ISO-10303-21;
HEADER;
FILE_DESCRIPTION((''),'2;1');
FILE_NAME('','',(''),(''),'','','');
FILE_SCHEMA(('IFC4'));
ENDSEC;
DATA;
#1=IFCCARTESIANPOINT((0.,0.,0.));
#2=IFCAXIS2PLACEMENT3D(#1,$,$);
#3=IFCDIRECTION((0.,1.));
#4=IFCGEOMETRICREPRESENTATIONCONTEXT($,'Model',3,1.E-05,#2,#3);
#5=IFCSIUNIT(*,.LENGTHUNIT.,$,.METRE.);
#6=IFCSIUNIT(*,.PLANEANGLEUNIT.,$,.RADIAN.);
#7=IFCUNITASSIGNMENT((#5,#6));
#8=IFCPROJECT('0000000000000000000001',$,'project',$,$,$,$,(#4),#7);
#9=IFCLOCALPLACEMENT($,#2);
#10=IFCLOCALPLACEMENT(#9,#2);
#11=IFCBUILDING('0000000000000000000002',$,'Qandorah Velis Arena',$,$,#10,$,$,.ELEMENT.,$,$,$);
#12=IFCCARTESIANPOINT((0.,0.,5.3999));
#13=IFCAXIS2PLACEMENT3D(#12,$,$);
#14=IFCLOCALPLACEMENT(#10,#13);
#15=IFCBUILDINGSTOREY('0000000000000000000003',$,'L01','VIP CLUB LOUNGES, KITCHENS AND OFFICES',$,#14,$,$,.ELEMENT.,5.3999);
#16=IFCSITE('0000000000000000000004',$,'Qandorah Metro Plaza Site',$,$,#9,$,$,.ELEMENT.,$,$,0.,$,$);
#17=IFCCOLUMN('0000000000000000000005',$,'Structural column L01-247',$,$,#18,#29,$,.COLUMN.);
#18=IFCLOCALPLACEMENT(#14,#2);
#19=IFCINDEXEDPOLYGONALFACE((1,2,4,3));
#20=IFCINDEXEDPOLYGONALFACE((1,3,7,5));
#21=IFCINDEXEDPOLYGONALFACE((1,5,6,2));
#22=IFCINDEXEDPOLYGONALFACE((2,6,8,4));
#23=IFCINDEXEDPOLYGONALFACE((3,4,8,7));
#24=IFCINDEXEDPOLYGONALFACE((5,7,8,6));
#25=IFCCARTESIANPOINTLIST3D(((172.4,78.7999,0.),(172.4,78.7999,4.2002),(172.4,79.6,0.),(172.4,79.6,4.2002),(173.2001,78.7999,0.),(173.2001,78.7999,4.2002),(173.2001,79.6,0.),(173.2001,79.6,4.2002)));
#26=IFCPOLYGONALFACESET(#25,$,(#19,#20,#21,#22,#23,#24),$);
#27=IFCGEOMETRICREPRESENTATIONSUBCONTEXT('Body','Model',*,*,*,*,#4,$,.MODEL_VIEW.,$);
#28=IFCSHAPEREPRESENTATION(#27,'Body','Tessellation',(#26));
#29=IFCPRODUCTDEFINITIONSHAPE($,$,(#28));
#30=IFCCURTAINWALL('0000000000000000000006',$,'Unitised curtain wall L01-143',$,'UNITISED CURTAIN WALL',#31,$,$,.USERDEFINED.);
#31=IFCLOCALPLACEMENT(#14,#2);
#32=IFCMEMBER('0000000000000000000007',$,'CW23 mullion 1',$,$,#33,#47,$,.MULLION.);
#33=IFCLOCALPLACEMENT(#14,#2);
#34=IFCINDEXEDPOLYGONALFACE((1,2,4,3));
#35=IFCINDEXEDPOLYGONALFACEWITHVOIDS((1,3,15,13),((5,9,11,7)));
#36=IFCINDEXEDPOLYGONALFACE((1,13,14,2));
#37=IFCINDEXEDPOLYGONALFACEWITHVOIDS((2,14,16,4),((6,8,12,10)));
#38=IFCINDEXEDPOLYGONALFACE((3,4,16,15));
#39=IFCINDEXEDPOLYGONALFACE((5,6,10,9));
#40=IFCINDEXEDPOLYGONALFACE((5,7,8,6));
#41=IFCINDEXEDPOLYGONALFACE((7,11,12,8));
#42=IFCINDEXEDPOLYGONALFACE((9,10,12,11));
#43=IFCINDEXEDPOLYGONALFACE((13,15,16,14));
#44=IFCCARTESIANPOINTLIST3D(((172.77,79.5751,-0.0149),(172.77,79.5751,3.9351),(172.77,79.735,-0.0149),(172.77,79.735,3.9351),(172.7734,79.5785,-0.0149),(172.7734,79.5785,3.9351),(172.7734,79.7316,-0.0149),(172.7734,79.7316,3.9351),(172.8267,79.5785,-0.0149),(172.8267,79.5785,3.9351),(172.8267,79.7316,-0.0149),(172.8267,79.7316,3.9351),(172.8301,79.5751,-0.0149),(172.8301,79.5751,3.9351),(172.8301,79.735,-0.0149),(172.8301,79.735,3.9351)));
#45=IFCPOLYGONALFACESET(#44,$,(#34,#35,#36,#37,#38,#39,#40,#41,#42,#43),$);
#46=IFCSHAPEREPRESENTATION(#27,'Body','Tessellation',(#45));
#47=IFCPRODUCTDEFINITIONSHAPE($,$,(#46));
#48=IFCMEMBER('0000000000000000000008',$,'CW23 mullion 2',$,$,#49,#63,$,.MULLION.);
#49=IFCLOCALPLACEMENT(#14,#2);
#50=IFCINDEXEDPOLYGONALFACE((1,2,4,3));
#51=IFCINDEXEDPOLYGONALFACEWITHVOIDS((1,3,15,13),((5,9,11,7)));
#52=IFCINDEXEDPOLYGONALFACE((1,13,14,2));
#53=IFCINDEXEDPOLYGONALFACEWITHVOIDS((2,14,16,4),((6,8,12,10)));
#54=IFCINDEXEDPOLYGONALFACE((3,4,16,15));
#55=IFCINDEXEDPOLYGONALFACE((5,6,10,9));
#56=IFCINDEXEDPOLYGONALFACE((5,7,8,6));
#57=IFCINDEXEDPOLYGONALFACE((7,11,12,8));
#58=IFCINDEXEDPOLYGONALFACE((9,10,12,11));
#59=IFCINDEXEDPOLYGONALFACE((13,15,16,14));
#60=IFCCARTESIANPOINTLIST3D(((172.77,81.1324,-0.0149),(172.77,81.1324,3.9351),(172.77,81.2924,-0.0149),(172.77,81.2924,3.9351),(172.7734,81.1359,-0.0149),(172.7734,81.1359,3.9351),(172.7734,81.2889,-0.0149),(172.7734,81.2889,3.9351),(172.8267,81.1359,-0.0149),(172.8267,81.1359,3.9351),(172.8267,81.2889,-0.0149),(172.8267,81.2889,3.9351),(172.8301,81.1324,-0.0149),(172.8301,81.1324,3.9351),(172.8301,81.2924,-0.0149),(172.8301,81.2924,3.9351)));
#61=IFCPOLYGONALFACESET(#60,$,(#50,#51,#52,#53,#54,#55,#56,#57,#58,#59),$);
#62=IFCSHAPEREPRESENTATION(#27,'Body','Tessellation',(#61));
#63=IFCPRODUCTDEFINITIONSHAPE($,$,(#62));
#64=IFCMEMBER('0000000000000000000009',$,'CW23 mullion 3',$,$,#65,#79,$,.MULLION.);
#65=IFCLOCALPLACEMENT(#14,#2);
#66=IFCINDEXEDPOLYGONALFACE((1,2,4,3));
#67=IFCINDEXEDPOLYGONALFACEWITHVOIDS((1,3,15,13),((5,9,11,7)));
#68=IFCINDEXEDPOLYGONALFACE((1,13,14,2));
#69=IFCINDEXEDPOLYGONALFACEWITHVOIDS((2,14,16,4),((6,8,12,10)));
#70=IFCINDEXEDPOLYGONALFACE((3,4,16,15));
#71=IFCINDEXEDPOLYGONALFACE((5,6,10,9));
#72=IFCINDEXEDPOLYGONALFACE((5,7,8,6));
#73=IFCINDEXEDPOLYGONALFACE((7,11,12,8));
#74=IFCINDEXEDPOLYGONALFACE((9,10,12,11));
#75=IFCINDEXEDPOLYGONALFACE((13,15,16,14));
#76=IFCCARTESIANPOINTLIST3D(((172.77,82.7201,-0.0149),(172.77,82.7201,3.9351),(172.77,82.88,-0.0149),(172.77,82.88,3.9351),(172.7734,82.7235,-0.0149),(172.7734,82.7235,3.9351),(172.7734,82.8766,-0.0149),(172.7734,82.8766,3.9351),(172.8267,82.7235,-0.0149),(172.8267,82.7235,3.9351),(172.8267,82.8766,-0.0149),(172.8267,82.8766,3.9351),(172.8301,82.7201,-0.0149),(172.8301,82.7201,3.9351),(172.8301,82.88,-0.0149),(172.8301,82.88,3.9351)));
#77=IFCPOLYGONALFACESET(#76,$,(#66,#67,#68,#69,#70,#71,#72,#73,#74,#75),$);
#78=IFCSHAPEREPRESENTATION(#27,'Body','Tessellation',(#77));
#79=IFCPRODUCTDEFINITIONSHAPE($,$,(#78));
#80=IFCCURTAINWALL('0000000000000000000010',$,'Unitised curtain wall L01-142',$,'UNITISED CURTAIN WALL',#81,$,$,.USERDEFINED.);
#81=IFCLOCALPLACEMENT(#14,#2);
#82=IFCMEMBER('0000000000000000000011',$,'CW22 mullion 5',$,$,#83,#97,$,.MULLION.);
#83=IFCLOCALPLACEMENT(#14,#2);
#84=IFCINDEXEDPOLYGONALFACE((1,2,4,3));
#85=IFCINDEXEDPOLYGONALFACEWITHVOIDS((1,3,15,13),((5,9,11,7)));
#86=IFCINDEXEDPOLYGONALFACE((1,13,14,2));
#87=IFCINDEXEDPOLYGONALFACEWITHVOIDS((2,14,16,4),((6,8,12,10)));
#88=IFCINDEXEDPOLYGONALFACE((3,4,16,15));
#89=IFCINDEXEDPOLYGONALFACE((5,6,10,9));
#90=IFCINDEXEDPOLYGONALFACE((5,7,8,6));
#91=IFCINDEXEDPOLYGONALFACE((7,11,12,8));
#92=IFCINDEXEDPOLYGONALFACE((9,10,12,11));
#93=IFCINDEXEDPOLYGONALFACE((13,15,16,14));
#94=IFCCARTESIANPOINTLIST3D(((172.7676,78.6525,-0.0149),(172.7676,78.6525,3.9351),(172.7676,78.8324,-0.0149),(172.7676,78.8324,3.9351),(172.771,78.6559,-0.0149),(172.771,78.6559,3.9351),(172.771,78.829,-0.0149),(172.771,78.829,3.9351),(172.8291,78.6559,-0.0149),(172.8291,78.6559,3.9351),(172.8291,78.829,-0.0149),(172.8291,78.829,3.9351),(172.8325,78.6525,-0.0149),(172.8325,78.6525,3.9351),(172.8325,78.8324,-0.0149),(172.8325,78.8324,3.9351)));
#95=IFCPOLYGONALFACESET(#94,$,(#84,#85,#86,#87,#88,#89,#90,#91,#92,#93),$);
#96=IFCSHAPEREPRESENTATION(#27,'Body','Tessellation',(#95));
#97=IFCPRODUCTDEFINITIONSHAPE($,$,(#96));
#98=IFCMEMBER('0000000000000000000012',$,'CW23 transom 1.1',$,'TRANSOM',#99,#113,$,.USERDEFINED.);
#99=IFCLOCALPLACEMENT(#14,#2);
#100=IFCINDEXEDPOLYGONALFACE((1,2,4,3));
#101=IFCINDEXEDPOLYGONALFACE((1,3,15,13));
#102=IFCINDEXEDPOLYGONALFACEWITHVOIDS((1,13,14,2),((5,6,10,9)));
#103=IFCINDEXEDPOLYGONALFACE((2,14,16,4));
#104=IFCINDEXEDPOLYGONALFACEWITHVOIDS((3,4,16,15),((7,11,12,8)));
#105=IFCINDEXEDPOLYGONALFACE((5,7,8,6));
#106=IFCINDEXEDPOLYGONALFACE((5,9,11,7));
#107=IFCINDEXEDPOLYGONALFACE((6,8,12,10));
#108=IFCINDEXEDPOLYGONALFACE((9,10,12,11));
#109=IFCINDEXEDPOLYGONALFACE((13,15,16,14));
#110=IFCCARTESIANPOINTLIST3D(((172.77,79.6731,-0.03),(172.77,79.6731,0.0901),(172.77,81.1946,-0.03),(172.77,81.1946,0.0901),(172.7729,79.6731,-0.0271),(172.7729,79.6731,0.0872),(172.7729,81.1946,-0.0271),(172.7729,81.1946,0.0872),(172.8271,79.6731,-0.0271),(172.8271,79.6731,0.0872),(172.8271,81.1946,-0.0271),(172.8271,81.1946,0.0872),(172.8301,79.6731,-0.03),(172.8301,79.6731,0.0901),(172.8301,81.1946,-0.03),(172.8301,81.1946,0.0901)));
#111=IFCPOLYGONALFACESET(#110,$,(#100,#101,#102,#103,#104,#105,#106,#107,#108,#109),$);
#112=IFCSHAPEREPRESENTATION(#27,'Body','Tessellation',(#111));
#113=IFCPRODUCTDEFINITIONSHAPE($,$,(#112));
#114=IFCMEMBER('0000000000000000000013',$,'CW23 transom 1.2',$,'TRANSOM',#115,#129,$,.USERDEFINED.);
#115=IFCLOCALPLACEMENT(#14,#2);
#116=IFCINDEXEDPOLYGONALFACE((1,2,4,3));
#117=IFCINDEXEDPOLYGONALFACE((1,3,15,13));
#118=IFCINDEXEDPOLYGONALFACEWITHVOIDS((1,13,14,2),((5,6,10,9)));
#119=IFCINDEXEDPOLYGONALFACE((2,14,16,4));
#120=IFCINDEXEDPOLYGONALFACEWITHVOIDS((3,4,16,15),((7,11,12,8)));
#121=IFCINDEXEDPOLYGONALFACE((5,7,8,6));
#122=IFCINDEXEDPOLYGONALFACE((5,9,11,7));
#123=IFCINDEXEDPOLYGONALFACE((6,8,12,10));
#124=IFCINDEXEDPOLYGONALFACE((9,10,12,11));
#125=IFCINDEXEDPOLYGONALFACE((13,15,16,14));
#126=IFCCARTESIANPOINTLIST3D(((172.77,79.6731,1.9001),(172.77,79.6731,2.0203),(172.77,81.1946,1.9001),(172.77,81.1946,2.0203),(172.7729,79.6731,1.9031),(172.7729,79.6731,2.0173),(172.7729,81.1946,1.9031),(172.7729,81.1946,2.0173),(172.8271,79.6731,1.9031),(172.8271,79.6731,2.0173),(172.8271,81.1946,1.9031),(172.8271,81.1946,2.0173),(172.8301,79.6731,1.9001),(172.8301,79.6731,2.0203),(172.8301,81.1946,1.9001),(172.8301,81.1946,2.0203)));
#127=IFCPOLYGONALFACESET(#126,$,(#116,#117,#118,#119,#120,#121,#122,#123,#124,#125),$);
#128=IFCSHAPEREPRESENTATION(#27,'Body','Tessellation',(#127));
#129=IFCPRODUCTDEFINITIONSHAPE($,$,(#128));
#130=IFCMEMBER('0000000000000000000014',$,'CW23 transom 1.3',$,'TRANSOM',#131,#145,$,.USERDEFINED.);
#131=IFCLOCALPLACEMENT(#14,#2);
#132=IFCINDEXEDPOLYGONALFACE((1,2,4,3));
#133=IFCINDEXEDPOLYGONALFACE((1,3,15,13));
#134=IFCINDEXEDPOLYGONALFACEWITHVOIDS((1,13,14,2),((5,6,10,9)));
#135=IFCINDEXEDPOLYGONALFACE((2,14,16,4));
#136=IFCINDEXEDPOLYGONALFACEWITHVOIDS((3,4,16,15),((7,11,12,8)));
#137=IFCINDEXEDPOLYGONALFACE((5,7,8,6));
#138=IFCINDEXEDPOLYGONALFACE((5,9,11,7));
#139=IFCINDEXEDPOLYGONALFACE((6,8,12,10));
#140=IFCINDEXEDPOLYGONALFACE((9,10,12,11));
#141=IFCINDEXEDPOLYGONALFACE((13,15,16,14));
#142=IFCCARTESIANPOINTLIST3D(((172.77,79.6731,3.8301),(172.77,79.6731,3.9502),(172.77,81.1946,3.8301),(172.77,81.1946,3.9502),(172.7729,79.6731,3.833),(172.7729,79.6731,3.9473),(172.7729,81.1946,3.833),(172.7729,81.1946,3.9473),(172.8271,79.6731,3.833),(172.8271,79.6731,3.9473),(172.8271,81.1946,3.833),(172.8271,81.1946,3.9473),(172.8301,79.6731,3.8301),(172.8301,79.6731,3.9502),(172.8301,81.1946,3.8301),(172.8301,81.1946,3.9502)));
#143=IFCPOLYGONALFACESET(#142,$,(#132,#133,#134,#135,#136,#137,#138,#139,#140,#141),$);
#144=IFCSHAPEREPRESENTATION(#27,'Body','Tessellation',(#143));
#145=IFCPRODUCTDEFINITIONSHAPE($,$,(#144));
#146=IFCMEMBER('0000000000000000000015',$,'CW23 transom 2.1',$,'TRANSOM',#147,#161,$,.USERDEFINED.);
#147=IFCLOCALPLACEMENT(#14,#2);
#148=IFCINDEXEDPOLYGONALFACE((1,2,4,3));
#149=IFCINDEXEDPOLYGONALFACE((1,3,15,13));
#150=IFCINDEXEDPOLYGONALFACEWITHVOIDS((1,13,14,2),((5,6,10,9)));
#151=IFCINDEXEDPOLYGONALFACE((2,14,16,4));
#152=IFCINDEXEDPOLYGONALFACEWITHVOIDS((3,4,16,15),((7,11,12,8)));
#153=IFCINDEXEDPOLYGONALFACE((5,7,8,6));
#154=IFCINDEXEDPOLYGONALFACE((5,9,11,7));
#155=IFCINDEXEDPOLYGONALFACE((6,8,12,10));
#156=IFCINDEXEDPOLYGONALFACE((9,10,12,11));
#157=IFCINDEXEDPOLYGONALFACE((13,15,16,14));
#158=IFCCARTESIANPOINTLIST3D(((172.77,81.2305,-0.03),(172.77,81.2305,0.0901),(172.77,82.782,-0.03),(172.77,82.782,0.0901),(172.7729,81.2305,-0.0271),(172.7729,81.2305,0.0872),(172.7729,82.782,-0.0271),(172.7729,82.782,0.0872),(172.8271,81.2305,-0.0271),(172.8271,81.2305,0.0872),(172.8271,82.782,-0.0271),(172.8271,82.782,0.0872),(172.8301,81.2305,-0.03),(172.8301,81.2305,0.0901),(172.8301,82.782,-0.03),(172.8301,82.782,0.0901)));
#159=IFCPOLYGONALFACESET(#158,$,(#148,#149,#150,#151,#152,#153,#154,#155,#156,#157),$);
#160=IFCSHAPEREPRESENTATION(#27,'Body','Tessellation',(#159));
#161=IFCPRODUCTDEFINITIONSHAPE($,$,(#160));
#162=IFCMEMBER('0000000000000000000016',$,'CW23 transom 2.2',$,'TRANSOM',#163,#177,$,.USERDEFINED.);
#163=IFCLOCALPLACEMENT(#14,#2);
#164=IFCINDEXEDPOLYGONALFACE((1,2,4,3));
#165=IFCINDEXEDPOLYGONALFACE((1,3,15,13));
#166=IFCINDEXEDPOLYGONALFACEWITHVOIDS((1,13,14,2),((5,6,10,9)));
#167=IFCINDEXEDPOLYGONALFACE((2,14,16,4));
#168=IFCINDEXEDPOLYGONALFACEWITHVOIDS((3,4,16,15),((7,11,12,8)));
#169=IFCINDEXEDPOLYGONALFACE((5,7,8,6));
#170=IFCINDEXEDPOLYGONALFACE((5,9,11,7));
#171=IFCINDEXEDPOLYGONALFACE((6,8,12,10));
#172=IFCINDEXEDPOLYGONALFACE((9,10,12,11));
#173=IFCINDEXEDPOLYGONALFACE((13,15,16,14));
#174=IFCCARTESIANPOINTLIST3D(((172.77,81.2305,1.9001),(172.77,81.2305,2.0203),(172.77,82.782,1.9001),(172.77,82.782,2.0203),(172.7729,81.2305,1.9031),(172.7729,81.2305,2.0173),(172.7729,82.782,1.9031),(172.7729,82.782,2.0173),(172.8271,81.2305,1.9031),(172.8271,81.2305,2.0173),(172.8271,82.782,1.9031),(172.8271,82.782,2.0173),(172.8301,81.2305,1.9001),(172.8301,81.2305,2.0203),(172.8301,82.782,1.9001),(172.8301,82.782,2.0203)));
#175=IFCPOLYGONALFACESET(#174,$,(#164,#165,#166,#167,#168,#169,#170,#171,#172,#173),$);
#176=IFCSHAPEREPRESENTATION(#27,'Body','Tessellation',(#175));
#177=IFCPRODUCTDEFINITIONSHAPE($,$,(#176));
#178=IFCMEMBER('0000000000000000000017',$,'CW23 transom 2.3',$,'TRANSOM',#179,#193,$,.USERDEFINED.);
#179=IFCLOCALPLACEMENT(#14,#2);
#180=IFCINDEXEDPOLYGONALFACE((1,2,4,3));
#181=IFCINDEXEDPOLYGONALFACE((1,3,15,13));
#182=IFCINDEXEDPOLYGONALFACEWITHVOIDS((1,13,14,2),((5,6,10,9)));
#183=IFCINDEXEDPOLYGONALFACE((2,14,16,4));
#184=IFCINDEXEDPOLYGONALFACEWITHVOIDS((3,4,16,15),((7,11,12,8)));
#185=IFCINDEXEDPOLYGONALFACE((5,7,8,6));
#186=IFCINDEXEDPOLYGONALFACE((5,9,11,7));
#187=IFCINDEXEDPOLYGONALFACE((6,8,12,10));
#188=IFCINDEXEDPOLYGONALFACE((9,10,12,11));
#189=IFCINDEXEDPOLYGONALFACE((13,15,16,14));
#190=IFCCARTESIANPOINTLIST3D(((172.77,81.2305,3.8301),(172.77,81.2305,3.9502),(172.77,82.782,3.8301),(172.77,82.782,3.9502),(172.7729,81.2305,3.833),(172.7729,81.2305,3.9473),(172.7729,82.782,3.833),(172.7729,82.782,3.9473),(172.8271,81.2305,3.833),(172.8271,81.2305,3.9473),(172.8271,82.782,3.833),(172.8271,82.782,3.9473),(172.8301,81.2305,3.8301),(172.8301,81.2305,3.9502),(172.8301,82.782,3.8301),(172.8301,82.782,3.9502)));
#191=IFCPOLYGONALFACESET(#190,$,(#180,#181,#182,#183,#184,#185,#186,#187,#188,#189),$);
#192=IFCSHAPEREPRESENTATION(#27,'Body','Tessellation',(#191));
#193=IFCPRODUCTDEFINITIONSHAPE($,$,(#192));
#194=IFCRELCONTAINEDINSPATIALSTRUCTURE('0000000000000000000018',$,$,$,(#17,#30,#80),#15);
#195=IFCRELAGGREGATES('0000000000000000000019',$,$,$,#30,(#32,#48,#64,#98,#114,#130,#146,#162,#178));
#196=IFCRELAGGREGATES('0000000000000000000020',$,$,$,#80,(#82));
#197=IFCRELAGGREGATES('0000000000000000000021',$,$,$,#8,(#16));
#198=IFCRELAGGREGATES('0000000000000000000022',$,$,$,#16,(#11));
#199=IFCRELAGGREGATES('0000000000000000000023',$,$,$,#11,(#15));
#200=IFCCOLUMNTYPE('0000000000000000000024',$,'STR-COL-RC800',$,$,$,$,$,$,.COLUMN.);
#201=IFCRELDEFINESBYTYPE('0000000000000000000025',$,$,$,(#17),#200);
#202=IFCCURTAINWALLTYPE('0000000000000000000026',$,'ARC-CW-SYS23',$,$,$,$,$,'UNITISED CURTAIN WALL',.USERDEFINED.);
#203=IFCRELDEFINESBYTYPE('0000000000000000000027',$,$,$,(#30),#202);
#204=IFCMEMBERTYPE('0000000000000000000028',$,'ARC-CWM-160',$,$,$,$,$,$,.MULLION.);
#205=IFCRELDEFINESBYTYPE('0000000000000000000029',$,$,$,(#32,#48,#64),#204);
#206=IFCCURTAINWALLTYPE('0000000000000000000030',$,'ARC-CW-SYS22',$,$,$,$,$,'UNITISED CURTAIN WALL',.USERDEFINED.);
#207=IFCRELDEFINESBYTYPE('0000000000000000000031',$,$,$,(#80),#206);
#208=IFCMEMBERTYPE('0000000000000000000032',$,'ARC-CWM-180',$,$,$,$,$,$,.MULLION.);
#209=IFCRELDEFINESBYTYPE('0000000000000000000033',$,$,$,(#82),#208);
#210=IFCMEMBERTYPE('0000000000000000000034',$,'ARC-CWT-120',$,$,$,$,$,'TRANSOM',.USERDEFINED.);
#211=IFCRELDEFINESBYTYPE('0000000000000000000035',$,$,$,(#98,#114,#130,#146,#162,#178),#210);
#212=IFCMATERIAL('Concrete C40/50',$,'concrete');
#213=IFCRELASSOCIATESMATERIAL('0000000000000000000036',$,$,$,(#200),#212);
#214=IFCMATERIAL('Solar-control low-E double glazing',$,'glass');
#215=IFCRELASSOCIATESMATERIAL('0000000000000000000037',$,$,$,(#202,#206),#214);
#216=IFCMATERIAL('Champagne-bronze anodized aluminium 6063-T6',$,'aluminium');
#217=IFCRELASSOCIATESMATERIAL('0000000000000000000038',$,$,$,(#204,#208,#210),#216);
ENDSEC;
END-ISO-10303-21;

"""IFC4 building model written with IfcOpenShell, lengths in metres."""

from ifc_helpers import new_model, si_unit, direction, frame, origin, origin_2d, place, context, subcontext, project, spatial, rectangle, hollow_rectangle, extrude, material, material_profile, profile_set, type_object, element, aggregate, save


model = new_model("IFC4")

# Units and contexts
model_context = context("Model", 3, precision=1e-05, world=origin(), true_north=direction((0.0, 1.0)))
body_context = subcontext(model_context, "Body", "Model", "MODEL_VIEW")
ifc_project = project(units=[si_unit("LENGTHUNIT", "METRE"), si_unit("PLANEANGLEUNIT", "RADIAN")], contexts=[model_context])

# Site, building, storey
site_placement = place(None, origin())
site = spatial("IfcSite", under=ifc_project, at=site_placement, Name="Qandorah Metro Plaza Site", CompositionType="ELEMENT", RefElevation=0.0)
building_placement = place(site_placement, origin())
building = spatial("IfcBuilding", under=site, at=building_placement, Name="Qandorah Velis Arena", CompositionType="ELEMENT")
storey_placement = place(building_placement, frame((0.0, 0.0, 5.3999)))
storey = spatial("IfcBuildingStorey", under=building, at=storey_placement, Name="L01", Description="VIP CLUB LOUNGES, KITCHENS AND OFFICES", CompositionType="ELEMENT", Elevation=5.3999)

# Column
ifc_material_1 = material(Name="Concrete C40/50", Category="concrete")
ifc_material_profile_1 = material_profile(ifc_material_1, rectangle(XDim=0.8, YDim=0.8, at=origin_2d()), Name="RC COL 800x800")
ifc_profile_set_1 = profile_set([ifc_material_profile_1], Name="Concrete C40/50")
column_type = type_object("IfcColumnType", Name="STR-COL-RC800", PredefinedType="COLUMN", material=ifc_profile_set_1)
column_placement = place(storey_placement, frame((172.8, 79.2, 0.0), z_axis=(0.0, 0.0, 1.0), x_axis=(1.0, 0.0, 0.0)))
element("IfcColumn", 1, at=column_placement, inside=storey, type_object=column_type, Name="Structural column L01-247", PredefinedType="COLUMN", context=body_context, shape_type="SweptSolid", body=[
    extrude(rectangle(XDim=0.8, YDim=0.8, at=origin_2d()), origin(), (0.0, 0.0, 1.0), 4.2002),
])

# Curtain wall, members
ifc_material_2 = material(Name="Solar-control low-E double glazing", Category="glass")
curtain_wall_type_1 = type_object("IfcCurtainWallType", Name="ARC-CW-SYS23", ElementType="UNITISED CURTAIN WALL", PredefinedType="USERDEFINED", material=ifc_material_2)
curtain_wall_1_placement = place(storey_placement, origin())
curtain_wall_1 = element("IfcCurtainWall", 2, at=curtain_wall_1_placement, inside=storey, type_object=curtain_wall_type_1, Name="Unitised curtain wall L01-143", ObjectType="UNITISED CURTAIN WALL", PredefinedType="USERDEFINED")
ifc_material_3 = material(Name="Champagne-bronze anodized aluminium 6063-T6", Category="aluminium")
ifc_material_profile_2 = material_profile(ifc_material_3, hollow_rectangle(XDim=0.0601, YDim=0.1599, WallThickness=0.0034, at=origin_2d()), Name="ALU MULLION 60x160")
ifc_profile_set_2 = profile_set([ifc_material_profile_2], Name="Champagne-bronze anodized aluminium 6063-T6")
member_type_1 = type_object("IfcMemberType", Name="ARC-CWM-160", PredefinedType="MULLION", material=ifc_profile_set_2)
member_1_placement = place(storey_placement, frame((172.8, 79.655, -0.0149), z_axis=(0.0, 0.0, 1.0), x_axis=(-1.0, 0.0, 0.0)))
member_1 = element("IfcMember", 3, at=member_1_placement, type_object=member_type_1, Name="CW23 mullion 1", PredefinedType="MULLION", context=body_context, shape_type="SweptSolid", body=[
    extrude(hollow_rectangle(XDim=0.0601, YDim=0.1599, WallThickness=0.0034, at=origin_2d()), origin(), (0.0, 0.0, 1.0), 3.95),
])
member_2_placement = place(storey_placement, frame((172.8, 81.2124, -0.0149), z_axis=(0.0, 0.0, 1.0), x_axis=(-1.0, 0.0, 0.0)))
member_2 = element("IfcMember", 4, at=member_2_placement, type_object=member_type_1, Name="CW23 mullion 2", PredefinedType="MULLION", context=body_context, shape_type="SweptSolid", body=[
    extrude(hollow_rectangle(XDim=0.0601, YDim=0.1599, WallThickness=0.0034, at=origin_2d()), origin(), (0.0, 0.0, 1.0), 3.95),
])
member_3_placement = place(storey_placement, frame((172.8, 82.8, -0.0149), z_axis=(0.0, 0.0, 1.0), x_axis=(-1.0, 0.0, 0.0)))
member_3 = element("IfcMember", 5, at=member_3_placement, type_object=member_type_1, Name="CW23 mullion 3", PredefinedType="MULLION", context=body_context, shape_type="SweptSolid", body=[
    extrude(hollow_rectangle(XDim=0.0601, YDim=0.1599, WallThickness=0.0034, at=origin_2d()), origin(), (0.0, 0.0, 1.0), 3.95),
])

# Curtain wall, member
curtain_wall_type_2 = type_object("IfcCurtainWallType", Name="ARC-CW-SYS22", ElementType="UNITISED CURTAIN WALL", PredefinedType="USERDEFINED", material=ifc_material_2)
curtain_wall_2_placement = place(storey_placement, origin())
curtain_wall_2 = element("IfcCurtainWall", 6, at=curtain_wall_2_placement, inside=storey, type_object=curtain_wall_type_2, Name="Unitised curtain wall L01-142", ObjectType="UNITISED CURTAIN WALL", PredefinedType="USERDEFINED")
ifc_material_profile_3 = material_profile(ifc_material_3, hollow_rectangle(XDim=0.0649, YDim=0.1799, WallThickness=0.0034, at=origin_2d()), Name="ALU MULLION 65x180")
ifc_profile_set_3 = profile_set([ifc_material_profile_3], Name="Champagne-bronze anodized aluminium 6063-T6")
member_type_2 = type_object("IfcMemberType", Name="ARC-CWM-180", PredefinedType="MULLION", material=ifc_profile_set_3)
member_4_placement = place(storey_placement, frame((172.8, 78.7424, -0.0149), z_axis=(0.0, 0.0, 1.0), x_axis=(-1.0, 0.0, 0.0)))
member_4 = element("IfcMember", 7, at=member_4_placement, type_object=member_type_2, Name="CW22 mullion 5", PredefinedType="MULLION", context=body_context, shape_type="SweptSolid", body=[
    extrude(hollow_rectangle(XDim=0.0649, YDim=0.1799, WallThickness=0.0034, at=origin_2d()), origin(), (0.0, 0.0, 1.0), 3.95),
])

# Members
ifc_material_profile_4 = material_profile(ifc_material_3, hollow_rectangle(XDim=0.0601, YDim=0.1201, WallThickness=0.0029, at=origin_2d()), Name="ALU TRANSOM 60x120")
ifc_profile_set_4 = profile_set([ifc_material_profile_4], Name="Champagne-bronze anodized aluminium 6063-T6")
member_type_3 = type_object("IfcMemberType", Name="ARC-CWT-120", ElementType="TRANSOM", PredefinedType="USERDEFINED", material=ifc_profile_set_4)
member_5_placement = place(storey_placement, frame((172.8, 79.6731, 0.03), z_axis=(0.0, 1.0, 0.0), x_axis=(-1.0, 0.0, 0.0)))
member_5 = element("IfcMember", 8, at=member_5_placement, type_object=member_type_3, Name="CW23 transom 1.1", ObjectType="TRANSOM", PredefinedType="USERDEFINED", context=body_context, shape_type="SweptSolid", body=[
    extrude(hollow_rectangle(XDim=0.0601, YDim=0.1201, WallThickness=0.0029, at=origin_2d()), origin(), (0.0, 0.0, 1.0), 1.5215),
])
member_6_placement = place(storey_placement, frame((172.8, 79.6731, 1.9602), z_axis=(0.0, 1.0, 0.0), x_axis=(-1.0, 0.0, 0.0)))
member_6 = element("IfcMember", 9, at=member_6_placement, type_object=member_type_3, Name="CW23 transom 1.2", ObjectType="TRANSOM", PredefinedType="USERDEFINED", context=body_context, shape_type="SweptSolid", body=[
    extrude(hollow_rectangle(XDim=0.0601, YDim=0.1201, WallThickness=0.0029, at=origin_2d()), origin(), (0.0, 0.0, 1.0), 1.5215),
])
member_7_placement = place(storey_placement, frame((172.8, 79.6731, 3.8901), z_axis=(0.0, 1.0, 0.0), x_axis=(-1.0, 0.0, 0.0)))
member_7 = element("IfcMember", 10, at=member_7_placement, type_object=member_type_3, Name="CW23 transom 1.3", ObjectType="TRANSOM", PredefinedType="USERDEFINED", context=body_context, shape_type="SweptSolid", body=[
    extrude(hollow_rectangle(XDim=0.0601, YDim=0.1201, WallThickness=0.0029, at=origin_2d()), origin(), (0.0, 0.0, 1.0), 1.5215),
])
member_8_placement = place(storey_placement, frame((172.8, 81.2305, 0.03), z_axis=(0.0, 1.0, 0.0), x_axis=(-1.0, 0.0, 0.0)))
member_8 = element("IfcMember", 11, at=member_8_placement, type_object=member_type_3, Name="CW23 transom 2.1", ObjectType="TRANSOM", PredefinedType="USERDEFINED", context=body_context, shape_type="SweptSolid", body=[
    extrude(hollow_rectangle(XDim=0.0601, YDim=0.1201, WallThickness=0.0029, at=origin_2d()), origin(), (0.0, 0.0, 1.0), 1.5515),
])
member_9_placement = place(storey_placement, frame((172.8, 81.2305, 1.9602), z_axis=(0.0, 1.0, 0.0), x_axis=(-1.0, 0.0, 0.0)))
member_9 = element("IfcMember", 12, at=member_9_placement, type_object=member_type_3, Name="CW23 transom 2.2", ObjectType="TRANSOM", PredefinedType="USERDEFINED", context=body_context, shape_type="SweptSolid", body=[
    extrude(hollow_rectangle(XDim=0.0601, YDim=0.1201, WallThickness=0.0029, at=origin_2d()), origin(), (0.0, 0.0, 1.0), 1.5515),
])
member_10_placement = place(storey_placement, frame((172.8, 81.2305, 3.8901), z_axis=(0.0, 1.0, 0.0), x_axis=(-1.0, 0.0, 0.0)))
member_10 = element("IfcMember", 13, at=member_10_placement, type_object=member_type_3, Name="CW23 transom 2.3", ObjectType="TRANSOM", PredefinedType="USERDEFINED", context=body_context, shape_type="SweptSolid", body=[
    extrude(hollow_rectangle(XDim=0.0601, YDim=0.1201, WallThickness=0.0029, at=origin_2d()), origin(), (0.0, 0.0, 1.0), 1.5515),
])

aggregate(curtain_wall_1, [member_1, member_2, member_3, member_5, member_6, member_7, member_8, member_9, member_10])
aggregate(curtain_wall_2, [member_4])

save(model, "model.ifc")
